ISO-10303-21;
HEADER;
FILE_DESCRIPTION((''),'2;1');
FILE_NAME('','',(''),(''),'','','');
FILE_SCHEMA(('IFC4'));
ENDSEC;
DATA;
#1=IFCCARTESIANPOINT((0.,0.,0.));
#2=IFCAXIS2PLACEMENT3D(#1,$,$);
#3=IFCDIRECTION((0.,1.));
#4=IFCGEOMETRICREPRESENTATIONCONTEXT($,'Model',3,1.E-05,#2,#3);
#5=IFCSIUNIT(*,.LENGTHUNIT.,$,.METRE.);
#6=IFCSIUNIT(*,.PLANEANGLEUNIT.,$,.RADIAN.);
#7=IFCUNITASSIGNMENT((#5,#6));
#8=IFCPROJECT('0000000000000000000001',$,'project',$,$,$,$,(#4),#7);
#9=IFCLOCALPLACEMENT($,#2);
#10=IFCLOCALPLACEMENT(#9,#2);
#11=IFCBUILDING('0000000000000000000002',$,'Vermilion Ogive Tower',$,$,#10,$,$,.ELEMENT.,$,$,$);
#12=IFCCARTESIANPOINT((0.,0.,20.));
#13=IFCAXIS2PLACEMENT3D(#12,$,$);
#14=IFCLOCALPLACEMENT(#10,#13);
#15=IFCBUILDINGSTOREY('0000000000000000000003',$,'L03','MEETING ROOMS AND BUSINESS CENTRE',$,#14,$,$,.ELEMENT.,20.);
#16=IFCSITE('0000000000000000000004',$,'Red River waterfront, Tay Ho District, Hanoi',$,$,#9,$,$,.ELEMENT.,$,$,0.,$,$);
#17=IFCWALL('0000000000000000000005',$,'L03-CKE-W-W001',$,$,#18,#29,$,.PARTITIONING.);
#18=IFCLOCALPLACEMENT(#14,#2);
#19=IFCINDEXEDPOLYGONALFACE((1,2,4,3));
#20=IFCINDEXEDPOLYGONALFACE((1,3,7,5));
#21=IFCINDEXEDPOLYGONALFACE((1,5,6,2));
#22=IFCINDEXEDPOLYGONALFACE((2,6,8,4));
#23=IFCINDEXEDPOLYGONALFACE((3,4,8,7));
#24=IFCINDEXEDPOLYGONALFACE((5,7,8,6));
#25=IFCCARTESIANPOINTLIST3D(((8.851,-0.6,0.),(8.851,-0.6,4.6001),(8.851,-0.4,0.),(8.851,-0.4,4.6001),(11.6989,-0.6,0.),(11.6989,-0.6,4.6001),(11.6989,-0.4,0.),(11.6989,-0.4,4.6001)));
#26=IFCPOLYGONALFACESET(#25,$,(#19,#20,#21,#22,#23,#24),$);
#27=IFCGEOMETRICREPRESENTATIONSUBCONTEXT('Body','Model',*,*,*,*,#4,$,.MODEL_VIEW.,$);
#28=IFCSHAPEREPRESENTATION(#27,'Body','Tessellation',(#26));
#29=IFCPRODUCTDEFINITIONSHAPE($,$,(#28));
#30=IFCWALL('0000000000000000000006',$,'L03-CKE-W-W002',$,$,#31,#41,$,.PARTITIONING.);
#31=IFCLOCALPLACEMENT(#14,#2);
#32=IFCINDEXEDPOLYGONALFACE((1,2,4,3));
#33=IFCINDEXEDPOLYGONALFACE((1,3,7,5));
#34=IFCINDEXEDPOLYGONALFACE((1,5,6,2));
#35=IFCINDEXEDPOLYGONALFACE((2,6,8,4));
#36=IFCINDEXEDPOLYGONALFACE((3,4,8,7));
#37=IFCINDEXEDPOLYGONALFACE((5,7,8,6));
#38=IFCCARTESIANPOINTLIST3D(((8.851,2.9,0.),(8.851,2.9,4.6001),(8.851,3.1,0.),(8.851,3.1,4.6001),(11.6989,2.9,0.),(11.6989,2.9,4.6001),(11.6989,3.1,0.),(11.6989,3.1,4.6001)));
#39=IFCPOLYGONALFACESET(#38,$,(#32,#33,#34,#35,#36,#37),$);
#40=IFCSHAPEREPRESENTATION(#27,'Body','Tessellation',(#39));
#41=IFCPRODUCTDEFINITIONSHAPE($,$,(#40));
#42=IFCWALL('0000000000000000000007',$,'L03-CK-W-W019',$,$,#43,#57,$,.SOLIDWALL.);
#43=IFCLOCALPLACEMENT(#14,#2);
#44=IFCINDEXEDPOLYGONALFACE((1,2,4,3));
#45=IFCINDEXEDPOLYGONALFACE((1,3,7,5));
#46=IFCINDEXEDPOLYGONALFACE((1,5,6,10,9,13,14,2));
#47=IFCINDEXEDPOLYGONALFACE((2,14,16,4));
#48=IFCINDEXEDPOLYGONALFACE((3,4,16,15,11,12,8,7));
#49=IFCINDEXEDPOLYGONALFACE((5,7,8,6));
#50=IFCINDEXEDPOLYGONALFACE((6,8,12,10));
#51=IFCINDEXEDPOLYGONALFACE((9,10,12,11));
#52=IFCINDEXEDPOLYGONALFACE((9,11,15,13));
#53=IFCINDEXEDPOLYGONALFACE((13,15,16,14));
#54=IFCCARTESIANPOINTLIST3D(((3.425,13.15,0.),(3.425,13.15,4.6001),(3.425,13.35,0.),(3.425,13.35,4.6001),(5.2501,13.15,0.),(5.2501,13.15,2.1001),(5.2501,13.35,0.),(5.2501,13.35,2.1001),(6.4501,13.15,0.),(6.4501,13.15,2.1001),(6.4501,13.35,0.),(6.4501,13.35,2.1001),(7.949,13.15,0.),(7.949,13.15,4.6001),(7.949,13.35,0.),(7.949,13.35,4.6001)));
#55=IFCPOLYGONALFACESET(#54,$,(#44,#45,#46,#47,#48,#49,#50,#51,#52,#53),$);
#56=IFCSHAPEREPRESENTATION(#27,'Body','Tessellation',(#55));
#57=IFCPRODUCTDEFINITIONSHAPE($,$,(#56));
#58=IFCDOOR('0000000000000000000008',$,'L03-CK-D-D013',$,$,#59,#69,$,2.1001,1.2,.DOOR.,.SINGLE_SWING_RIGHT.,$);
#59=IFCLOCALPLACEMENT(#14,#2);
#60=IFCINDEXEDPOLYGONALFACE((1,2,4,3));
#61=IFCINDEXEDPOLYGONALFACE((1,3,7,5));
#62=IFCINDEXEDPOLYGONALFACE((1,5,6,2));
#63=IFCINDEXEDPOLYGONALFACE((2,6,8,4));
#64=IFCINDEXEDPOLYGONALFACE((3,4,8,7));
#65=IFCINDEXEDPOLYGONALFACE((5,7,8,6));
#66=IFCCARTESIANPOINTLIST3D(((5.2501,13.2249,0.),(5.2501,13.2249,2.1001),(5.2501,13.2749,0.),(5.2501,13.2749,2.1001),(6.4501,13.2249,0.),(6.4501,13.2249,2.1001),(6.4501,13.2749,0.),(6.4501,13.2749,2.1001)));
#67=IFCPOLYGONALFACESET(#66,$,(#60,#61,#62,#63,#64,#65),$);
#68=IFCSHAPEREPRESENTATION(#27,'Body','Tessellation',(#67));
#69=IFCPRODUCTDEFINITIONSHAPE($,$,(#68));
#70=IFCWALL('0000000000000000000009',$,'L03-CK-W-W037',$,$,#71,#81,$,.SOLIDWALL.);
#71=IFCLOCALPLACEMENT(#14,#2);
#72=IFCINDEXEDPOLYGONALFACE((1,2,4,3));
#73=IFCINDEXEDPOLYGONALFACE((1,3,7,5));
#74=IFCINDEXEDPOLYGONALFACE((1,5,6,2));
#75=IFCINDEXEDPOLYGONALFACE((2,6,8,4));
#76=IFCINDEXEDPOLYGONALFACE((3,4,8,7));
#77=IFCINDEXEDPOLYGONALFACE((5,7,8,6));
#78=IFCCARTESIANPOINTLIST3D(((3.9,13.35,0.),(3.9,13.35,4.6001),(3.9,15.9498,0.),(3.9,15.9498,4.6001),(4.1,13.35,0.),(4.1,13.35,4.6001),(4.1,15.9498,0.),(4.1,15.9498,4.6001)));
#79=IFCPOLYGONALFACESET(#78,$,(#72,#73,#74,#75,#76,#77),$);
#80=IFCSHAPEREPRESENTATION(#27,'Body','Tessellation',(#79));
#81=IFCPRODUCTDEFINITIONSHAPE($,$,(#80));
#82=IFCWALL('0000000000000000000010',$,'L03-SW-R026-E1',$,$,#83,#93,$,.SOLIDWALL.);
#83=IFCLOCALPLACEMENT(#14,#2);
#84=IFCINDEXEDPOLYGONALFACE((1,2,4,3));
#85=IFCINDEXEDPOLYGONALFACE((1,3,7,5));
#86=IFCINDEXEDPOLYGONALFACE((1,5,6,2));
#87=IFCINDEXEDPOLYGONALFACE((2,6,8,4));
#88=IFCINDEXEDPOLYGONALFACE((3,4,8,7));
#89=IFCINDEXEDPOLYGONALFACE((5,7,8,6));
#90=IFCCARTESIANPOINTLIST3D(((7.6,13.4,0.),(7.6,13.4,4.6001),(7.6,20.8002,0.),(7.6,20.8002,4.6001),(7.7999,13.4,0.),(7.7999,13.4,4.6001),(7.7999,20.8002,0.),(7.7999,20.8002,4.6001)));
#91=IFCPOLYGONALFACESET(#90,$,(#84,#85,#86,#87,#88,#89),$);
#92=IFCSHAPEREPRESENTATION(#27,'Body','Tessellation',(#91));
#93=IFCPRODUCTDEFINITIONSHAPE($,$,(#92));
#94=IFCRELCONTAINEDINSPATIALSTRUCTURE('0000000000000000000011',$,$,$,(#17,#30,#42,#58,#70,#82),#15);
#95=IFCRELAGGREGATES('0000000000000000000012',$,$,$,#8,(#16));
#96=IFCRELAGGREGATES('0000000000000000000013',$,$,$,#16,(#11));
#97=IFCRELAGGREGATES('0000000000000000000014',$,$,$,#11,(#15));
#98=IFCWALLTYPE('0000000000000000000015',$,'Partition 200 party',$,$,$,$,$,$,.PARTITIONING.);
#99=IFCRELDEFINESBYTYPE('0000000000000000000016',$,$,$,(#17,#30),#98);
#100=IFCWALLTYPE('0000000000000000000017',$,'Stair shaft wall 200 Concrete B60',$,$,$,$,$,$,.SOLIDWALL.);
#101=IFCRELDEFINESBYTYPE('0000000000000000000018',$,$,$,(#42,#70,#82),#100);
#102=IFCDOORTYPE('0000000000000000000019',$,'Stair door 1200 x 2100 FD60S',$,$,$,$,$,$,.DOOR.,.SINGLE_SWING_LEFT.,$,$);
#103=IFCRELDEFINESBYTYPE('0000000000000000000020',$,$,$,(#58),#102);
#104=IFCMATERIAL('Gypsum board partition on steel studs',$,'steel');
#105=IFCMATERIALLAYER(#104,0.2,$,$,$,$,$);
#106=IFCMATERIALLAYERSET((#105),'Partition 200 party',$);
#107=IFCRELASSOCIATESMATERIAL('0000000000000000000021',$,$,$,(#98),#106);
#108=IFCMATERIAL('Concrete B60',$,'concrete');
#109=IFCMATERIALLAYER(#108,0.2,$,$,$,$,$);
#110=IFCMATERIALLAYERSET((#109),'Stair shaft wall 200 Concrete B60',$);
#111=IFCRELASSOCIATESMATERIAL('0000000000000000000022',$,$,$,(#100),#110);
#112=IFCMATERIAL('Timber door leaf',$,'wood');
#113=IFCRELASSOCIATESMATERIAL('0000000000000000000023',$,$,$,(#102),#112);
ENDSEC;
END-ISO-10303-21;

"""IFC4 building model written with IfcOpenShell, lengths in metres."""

from ifc_helpers import new_model, si_unit, direction, frame, frame_2d, origin, place, context, subcontext, project, spatial, rectangle, extrude, material, layer, layer_set, type_object, element, fill, save


model = new_model("IFC4")

# Units and contexts
model_context = context("Model", 3, precision=1e-05, world=origin(), true_north=direction((0.0, 1.0)))
body_context = subcontext(model_context, "Body", "Model", "MODEL_VIEW")
ifc_project = project(units=[si_unit("LENGTHUNIT", "METRE"), si_unit("PLANEANGLEUNIT", "RADIAN")], contexts=[model_context])

# Site, building, storey
site_placement = place(None, origin())
site = spatial("IfcSite", under=ifc_project, at=site_placement, Name="Red River waterfront, Tay Ho District, Hanoi", CompositionType="ELEMENT", RefElevation=0.0)
building_placement = place(site_placement, origin())
building = spatial("IfcBuilding", under=site, at=building_placement, Name="Vermilion Ogive Tower", CompositionType="ELEMENT")
storey_placement = place(building_placement, frame((0.0, 0.0, 20.0)))
storey = spatial("IfcBuildingStorey", under=building, at=storey_placement, Name="L03", Description="MEETING ROOMS AND BUSINESS CENTRE", CompositionType="ELEMENT", Elevation=20.0)

# Shared definitions
ifc_material_1 = material(Name="Gypsum board partition on steel studs", Category="steel")
ifc_layer_1 = layer(ifc_material_1, 0.2)
ifc_layer_set_1 = layer_set([ifc_layer_1], Name="Partition 200 party")
wall_type_1 = type_object("IfcWallType", Name="Partition 200 party", PredefinedType="PARTITIONING", material=ifc_layer_set_1)

# Walls
for number, where, z_axis, x_axis, name in (
    (1, (8.8511, -0.5, 0.0), (0.0, 0.0, 1.0), (1.0, 0.0, 0.0), "L03-CKE-W-W001"),
    (2, (8.8511, 3.0, 0.0), (0.0, 0.0, 1.0), (1.0, 0.0, 0.0), "L03-CKE-W-W002"),
):
    element("IfcWall", number, at=place(storey_placement, frame(where, z_axis=z_axis, x_axis=x_axis)), inside=storey, type_object=wall_type_1, Name=name, PredefinedType="PARTITIONING", context=body_context, shape_type="SweptSolid", body=[
        extrude(rectangle(XDim=2.8479, YDim=0.2, at=frame_2d((1.4238, 0.0))), origin(), (0.0, 0.0, 1.0), 4.6001),
    ])

# Wall, opening, door
ifc_material_2 = material(Name="Concrete B60", Category="concrete")
ifc_layer_2 = layer(ifc_material_2, 0.2)
ifc_layer_set_2 = layer_set([ifc_layer_2], Name="Stair shaft wall 200 Concrete B60")
wall_type_2 = type_object("IfcWallType", Name="Stair shaft wall 200 Concrete B60", PredefinedType="SOLIDWALL", material=ifc_layer_set_2)
wall_1_placement = place(storey_placement, frame((3.425, 13.25, 0.0), z_axis=(0.0, 0.0, 1.0), x_axis=(1.0, 0.0, 0.0)))
wall_1 = element("IfcWall", 3, at=wall_1_placement, inside=storey, type_object=wall_type_2, Name="L03-CK-W-W019", PredefinedType="SOLIDWALL", context=body_context, shape_type="SweptSolid", body=[
    extrude(rectangle(XDim=4.5239, YDim=0.2, at=frame_2d((2.262, 0.0))), origin(), (0.0, 0.0, 1.0), 4.6001),
])
opening_1_placement = place(wall_1_placement, frame((1.825, 0.0, 0.0)))
opening_1 = element("IfcOpeningElement", 4, at=opening_1_placement, cuts=wall_1, PredefinedType="OPENING", context=body_context, shape_type="SweptSolid", body=[
    extrude(rectangle(XDim=1.2, YDim=2.1001, at=frame_2d((0.6001, 1.05))), frame((0.0, 0.1099, 0.0), z_axis=(0.0, -1.0, 0.0), x_axis=(1.0, 0.0, 0.0)), (0.0, 0.0, 1.0), 0.22),
])
ifc_material_3 = material(Name="Timber door leaf", Category="wood")
door_type_1 = type_object("IfcDoorType", Name="Stair door 1200 x 2100 FD60S", OperationType="SINGLE_SWING_LEFT", PredefinedType="DOOR", material=ifc_material_3)
door_1_placement = place(opening_1_placement, origin())
door_1 = element("IfcDoor", 5, at=door_1_placement, inside=storey, type_object=door_type_1, Name="L03-CK-D-D013", OperationType="SINGLE_SWING_RIGHT", OverallHeight=2.1001, OverallWidth=1.2, PredefinedType="DOOR", context=body_context, shape_type="SweptSolid", body=[
    extrude(rectangle(XDim=1.2, YDim=2.1001, at=frame_2d((0.6001, 1.05))), frame((0.0, 0.0249, 0.0), z_axis=(0.0, -1.0, 0.0), x_axis=(1.0, 0.0, 0.0)), (0.0, 0.0, 1.0), 0.05),
])
fill(opening_1, door_1)

# Walls
wall_2_placement = place(storey_placement, frame((4.0, 13.3501, 0.0), z_axis=(0.0, 0.0, 1.0), x_axis=(0.0, 1.0, 0.0)))
element("IfcWall", 6, at=wall_2_placement, inside=storey, type_object=wall_type_2, Name="L03-CK-W-W037", PredefinedType="SOLIDWALL", context=body_context, shape_type="SweptSolid", body=[
    extrude(rectangle(XDim=2.5999, YDim=0.2, at=frame_2d((1.2998, 0.0))), origin(), (0.0, 0.0, 1.0), 4.6001),
])
wall_3_placement = place(storey_placement, frame((7.7, 13.3999, 0.0), z_axis=(0.0, 0.0, 1.0), x_axis=(0.0, 1.0, 0.0)))
element("IfcWall", 7, at=wall_3_placement, inside=storey, type_object=wall_type_2, Name="L03-SW-R026-E1", PredefinedType="SOLIDWALL", context=body_context, shape_type="SweptSolid", body=[
    extrude(rectangle(XDim=7.4001, YDim=0.2, at=frame_2d((3.7002, 0.0))), origin(), (0.0, 0.0, 1.0), 4.6001),
])

save(model, "model.ifc")
